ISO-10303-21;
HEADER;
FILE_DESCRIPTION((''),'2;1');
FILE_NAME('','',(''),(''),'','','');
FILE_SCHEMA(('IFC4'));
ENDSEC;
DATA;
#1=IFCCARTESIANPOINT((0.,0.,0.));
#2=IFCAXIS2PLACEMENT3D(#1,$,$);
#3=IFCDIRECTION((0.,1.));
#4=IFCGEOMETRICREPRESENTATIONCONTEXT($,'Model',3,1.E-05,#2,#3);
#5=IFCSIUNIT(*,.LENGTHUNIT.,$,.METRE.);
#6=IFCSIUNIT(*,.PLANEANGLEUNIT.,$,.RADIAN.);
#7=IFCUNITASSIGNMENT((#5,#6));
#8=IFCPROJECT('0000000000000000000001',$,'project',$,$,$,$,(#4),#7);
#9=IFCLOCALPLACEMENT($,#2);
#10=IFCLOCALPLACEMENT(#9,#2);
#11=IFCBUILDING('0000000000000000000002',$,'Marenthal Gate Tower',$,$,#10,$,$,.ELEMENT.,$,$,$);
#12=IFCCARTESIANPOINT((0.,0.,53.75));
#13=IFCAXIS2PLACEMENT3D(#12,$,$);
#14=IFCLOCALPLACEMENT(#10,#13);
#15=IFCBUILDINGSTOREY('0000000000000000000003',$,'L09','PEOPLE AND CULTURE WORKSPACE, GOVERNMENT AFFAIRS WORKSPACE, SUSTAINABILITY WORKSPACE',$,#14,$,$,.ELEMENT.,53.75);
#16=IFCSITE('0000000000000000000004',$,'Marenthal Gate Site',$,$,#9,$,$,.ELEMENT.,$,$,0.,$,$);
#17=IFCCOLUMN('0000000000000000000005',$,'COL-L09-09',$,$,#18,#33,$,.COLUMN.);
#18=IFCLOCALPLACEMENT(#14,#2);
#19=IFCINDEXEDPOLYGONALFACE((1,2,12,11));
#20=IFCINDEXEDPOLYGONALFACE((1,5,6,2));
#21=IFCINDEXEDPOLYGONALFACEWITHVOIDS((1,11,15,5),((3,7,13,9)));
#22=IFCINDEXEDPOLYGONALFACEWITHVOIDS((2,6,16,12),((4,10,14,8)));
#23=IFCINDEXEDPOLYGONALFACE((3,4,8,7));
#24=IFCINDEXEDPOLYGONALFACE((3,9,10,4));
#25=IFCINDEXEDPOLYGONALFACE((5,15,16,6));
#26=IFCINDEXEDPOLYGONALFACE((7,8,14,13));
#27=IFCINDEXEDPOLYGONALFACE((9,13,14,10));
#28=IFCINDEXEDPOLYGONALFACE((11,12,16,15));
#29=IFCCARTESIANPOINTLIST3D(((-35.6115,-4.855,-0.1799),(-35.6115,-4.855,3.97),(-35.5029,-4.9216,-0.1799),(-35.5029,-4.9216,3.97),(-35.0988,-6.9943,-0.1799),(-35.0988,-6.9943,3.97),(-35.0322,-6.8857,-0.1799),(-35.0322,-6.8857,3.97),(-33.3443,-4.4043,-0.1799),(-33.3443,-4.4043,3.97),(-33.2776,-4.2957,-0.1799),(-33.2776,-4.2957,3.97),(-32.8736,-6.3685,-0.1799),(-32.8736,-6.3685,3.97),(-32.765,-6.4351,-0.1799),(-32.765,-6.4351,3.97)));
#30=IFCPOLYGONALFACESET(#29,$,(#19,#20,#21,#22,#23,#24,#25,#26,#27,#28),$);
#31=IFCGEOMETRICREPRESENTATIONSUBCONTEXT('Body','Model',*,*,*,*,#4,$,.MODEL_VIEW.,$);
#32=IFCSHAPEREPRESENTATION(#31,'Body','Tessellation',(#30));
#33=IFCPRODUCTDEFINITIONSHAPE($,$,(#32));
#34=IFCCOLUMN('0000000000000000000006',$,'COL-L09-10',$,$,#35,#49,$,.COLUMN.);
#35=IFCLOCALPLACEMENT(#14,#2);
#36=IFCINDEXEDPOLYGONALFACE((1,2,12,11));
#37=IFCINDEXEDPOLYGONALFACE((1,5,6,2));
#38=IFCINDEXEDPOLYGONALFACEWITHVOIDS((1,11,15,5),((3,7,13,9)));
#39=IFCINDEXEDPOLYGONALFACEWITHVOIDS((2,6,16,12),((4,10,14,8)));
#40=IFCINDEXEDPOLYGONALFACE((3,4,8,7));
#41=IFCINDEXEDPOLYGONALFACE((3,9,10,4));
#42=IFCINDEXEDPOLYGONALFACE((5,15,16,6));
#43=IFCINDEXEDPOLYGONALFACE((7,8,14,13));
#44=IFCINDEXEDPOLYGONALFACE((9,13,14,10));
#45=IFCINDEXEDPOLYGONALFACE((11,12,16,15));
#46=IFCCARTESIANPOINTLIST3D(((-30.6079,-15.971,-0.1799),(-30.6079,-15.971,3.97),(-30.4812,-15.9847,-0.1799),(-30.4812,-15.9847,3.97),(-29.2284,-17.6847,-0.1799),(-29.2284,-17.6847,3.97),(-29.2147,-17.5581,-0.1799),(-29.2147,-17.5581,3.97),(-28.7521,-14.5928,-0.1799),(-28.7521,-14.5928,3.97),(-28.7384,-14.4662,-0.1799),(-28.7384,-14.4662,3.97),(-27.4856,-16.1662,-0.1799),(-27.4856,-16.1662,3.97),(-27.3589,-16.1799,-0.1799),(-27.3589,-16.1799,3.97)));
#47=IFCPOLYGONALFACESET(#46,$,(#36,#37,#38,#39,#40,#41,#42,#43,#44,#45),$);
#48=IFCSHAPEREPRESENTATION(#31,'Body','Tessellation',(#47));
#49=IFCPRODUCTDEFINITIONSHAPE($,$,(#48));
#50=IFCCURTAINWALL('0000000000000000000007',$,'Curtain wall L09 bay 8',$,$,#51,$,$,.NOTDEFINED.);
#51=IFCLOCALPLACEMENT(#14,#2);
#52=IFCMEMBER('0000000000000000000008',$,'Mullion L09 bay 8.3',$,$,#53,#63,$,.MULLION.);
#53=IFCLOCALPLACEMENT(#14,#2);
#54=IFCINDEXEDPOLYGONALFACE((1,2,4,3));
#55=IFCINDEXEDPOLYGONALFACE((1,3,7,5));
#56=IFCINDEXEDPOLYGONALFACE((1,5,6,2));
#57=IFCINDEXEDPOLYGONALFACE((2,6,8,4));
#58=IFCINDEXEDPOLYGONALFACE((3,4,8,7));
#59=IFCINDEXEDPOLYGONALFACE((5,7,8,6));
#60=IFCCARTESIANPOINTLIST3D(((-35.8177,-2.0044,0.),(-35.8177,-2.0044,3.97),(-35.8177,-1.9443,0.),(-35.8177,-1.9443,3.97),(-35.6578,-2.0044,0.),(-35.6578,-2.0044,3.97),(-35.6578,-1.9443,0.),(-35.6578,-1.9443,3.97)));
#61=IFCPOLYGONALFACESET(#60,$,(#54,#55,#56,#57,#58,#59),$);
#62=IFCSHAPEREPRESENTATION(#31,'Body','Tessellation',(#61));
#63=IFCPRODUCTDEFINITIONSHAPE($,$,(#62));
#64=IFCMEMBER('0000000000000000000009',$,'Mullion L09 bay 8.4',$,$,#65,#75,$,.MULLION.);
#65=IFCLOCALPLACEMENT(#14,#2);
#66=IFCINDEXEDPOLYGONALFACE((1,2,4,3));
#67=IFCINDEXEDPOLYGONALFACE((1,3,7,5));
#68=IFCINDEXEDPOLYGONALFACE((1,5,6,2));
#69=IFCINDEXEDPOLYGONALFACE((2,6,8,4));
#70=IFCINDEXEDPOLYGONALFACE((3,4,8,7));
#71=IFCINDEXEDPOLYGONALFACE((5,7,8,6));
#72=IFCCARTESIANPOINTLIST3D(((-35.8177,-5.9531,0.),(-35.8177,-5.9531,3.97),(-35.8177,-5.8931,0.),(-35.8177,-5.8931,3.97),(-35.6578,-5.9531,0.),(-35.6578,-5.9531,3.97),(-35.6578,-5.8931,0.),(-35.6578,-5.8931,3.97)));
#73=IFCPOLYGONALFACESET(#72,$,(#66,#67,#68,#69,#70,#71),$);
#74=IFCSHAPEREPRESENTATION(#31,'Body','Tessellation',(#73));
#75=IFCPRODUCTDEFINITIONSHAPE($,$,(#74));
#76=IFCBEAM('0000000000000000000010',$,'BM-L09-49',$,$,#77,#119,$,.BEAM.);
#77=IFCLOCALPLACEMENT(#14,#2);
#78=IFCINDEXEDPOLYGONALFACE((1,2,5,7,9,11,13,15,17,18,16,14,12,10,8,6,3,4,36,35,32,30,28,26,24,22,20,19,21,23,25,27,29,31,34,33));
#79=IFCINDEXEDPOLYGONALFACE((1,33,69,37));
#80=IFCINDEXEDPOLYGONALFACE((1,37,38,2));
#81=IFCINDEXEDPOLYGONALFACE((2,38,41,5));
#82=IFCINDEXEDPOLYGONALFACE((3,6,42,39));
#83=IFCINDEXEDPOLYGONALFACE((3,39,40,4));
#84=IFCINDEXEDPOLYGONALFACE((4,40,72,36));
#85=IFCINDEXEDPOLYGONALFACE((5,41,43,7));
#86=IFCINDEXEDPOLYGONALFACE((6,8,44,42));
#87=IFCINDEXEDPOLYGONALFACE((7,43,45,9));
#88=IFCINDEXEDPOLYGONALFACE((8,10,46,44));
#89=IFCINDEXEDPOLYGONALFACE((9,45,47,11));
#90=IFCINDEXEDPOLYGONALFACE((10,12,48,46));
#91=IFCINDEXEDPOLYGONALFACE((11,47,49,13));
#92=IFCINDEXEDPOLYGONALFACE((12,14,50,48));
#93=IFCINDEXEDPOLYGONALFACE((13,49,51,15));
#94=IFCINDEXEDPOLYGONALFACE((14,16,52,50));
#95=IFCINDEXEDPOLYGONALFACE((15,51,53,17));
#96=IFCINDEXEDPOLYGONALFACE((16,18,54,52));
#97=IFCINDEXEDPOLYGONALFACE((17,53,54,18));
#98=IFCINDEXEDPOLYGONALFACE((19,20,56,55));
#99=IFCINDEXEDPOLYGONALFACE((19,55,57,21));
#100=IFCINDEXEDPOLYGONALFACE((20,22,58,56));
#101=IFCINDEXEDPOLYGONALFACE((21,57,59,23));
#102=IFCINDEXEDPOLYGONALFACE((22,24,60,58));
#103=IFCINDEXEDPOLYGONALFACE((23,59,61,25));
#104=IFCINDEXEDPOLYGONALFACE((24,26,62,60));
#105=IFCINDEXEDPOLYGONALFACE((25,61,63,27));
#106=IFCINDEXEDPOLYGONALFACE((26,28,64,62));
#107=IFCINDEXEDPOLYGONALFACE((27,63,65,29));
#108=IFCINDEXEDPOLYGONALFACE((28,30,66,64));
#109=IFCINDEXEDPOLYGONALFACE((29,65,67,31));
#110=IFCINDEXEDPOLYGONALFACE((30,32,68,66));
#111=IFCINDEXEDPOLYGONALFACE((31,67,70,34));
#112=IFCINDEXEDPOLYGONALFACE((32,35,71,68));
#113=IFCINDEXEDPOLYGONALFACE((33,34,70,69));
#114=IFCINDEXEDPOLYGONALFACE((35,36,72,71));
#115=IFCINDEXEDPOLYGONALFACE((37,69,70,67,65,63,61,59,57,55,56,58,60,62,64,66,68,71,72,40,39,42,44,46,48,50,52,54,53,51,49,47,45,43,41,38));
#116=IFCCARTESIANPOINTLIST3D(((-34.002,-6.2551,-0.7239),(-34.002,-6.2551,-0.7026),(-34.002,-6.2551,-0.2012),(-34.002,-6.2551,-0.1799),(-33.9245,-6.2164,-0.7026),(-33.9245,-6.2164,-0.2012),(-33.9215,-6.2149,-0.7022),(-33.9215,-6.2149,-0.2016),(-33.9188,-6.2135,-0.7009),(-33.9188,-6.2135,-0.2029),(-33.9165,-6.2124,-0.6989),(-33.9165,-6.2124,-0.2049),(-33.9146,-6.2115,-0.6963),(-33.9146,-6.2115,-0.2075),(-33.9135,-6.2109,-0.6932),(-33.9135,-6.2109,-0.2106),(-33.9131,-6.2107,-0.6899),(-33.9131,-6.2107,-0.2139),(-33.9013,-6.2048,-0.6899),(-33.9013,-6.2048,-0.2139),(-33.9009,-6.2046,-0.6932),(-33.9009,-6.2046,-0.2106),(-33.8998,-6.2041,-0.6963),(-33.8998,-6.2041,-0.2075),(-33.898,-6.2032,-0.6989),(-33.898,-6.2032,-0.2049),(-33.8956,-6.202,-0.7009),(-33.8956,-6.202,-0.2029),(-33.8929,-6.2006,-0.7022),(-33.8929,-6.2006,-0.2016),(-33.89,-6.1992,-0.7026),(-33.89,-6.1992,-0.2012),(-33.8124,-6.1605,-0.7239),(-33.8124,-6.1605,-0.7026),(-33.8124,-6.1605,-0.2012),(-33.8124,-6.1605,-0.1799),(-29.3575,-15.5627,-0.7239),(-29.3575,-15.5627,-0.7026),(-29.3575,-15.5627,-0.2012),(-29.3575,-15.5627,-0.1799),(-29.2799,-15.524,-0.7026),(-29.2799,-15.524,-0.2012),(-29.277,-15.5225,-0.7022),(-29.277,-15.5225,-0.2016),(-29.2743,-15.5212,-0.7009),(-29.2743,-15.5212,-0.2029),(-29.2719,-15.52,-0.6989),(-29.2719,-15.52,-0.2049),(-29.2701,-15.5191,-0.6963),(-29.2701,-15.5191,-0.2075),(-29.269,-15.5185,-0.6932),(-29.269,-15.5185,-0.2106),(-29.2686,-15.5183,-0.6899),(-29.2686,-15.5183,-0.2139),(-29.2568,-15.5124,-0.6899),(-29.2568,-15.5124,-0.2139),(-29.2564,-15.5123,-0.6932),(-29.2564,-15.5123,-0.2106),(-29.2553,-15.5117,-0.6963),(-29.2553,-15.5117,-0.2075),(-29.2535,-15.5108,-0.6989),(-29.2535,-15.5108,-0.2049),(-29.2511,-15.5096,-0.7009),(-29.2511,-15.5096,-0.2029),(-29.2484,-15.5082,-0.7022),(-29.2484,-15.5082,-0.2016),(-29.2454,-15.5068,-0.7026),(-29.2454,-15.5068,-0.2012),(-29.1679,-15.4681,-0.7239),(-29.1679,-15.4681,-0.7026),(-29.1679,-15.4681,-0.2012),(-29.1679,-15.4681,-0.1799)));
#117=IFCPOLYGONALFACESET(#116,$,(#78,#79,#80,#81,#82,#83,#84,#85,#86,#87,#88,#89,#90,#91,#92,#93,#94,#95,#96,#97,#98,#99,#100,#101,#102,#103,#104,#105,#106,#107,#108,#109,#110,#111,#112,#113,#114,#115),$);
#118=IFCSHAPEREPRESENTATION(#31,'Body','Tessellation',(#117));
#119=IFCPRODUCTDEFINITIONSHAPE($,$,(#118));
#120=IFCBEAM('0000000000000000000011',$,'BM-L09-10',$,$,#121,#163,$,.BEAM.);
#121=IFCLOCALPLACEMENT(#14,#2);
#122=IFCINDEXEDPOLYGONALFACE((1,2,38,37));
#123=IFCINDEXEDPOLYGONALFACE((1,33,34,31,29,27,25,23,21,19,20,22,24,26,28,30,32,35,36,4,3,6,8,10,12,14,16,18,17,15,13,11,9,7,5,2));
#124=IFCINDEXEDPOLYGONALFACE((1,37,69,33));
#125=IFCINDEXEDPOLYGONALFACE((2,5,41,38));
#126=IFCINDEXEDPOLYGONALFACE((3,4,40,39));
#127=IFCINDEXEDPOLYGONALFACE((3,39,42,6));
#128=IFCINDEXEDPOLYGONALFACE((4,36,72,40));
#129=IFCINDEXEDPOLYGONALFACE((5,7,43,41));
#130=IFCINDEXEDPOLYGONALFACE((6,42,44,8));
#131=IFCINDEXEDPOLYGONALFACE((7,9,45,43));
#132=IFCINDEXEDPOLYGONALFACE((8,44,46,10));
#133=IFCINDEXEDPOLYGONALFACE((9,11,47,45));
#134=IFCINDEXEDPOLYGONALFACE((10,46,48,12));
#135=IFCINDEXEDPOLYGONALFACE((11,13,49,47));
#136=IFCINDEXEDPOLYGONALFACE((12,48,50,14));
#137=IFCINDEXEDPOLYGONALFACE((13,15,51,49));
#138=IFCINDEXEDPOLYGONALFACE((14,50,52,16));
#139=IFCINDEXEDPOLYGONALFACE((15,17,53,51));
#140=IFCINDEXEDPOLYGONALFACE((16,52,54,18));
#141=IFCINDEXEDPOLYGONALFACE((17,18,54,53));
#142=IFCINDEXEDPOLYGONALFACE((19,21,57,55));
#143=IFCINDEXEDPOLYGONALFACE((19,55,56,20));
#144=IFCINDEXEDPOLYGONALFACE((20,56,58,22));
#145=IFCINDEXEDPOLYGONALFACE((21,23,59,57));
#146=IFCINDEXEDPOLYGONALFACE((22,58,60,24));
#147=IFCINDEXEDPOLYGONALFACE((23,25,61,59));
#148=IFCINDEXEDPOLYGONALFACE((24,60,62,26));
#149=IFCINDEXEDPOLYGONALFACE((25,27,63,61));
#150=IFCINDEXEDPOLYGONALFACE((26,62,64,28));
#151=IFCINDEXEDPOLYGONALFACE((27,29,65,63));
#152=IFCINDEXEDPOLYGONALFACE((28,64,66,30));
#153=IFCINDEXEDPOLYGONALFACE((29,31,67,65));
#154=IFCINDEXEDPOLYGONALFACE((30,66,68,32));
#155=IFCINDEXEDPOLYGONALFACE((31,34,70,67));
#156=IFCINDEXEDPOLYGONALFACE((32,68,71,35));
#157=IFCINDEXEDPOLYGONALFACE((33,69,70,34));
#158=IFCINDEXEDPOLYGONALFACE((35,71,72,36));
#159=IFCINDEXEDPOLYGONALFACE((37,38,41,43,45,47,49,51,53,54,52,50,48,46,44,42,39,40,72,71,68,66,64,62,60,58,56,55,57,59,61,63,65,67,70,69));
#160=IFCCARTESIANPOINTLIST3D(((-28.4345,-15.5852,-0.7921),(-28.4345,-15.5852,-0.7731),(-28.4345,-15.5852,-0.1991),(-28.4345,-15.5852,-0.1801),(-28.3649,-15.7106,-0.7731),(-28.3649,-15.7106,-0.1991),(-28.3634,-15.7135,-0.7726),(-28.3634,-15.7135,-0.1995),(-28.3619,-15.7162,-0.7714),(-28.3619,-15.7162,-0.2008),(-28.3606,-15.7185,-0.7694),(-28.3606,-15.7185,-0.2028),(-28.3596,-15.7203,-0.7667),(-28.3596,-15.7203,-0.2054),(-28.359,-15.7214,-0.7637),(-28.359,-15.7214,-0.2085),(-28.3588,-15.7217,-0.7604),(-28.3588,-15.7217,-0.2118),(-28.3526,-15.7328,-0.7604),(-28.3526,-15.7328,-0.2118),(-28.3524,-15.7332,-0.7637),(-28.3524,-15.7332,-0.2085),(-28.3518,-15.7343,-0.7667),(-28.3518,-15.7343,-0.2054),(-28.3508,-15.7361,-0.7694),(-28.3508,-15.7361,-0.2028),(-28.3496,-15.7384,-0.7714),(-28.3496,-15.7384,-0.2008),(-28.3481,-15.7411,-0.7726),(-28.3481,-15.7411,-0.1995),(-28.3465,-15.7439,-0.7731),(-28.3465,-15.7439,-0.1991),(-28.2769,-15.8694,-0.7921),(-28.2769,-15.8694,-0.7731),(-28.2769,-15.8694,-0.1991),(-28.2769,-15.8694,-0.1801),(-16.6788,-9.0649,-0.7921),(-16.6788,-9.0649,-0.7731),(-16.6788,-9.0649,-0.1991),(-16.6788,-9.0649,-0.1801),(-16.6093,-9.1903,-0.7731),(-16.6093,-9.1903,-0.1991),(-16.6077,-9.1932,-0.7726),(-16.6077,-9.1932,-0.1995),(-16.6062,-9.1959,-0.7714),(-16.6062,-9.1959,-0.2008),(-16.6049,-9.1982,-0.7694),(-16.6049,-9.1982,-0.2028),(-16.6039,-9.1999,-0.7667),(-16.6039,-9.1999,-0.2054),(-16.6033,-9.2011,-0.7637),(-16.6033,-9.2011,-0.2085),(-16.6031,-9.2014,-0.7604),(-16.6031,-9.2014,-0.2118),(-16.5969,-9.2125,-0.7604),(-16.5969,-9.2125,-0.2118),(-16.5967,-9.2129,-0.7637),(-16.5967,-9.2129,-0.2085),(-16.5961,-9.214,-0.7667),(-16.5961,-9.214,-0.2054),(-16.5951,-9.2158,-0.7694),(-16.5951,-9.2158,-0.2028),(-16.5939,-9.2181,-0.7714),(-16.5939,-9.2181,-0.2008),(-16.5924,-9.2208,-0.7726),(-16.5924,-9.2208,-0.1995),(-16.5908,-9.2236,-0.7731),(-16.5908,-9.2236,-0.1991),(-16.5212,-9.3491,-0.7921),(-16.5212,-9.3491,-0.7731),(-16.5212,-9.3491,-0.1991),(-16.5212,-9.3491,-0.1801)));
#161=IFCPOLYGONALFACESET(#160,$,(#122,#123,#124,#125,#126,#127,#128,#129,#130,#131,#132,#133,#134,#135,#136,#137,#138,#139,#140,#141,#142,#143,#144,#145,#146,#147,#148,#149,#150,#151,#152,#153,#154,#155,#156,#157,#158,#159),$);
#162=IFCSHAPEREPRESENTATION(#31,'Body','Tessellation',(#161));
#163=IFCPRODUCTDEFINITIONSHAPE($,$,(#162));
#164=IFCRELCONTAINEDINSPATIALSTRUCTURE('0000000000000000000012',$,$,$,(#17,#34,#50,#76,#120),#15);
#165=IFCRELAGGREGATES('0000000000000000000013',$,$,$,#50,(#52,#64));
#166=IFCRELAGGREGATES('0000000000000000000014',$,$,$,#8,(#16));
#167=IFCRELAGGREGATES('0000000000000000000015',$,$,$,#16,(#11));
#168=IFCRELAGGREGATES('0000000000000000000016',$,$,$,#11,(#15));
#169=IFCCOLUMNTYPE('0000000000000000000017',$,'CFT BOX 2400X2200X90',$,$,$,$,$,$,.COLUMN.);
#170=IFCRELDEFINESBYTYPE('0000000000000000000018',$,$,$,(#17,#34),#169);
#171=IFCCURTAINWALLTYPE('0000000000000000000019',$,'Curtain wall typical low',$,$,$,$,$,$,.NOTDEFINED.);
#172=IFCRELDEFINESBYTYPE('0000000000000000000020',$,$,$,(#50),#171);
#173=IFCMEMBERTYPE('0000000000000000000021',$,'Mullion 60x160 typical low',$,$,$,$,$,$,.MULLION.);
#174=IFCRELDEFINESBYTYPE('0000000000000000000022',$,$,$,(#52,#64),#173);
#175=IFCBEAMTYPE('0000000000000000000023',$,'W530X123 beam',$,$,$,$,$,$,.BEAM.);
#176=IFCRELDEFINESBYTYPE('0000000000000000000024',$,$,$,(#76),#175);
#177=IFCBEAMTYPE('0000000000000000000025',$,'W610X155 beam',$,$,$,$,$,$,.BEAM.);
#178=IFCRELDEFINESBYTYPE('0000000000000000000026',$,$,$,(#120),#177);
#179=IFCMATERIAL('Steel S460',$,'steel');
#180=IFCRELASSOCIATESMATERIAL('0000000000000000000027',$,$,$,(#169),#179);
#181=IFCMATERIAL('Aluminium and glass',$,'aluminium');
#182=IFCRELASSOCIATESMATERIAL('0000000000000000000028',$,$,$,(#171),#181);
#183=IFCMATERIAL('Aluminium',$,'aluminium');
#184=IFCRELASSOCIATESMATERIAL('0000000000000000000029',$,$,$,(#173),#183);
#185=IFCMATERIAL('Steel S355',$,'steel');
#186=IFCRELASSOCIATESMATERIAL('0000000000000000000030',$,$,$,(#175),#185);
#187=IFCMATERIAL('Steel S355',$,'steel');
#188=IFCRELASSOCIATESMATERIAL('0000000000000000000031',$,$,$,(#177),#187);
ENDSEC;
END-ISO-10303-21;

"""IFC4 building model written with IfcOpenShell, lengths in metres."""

from ifc_helpers import new_model, si_unit, direction, frame, origin, origin_2d, place, context, subcontext, project, spatial, rectangle, hollow_rectangle, i_section, extrude, material, material_profile, profile_set, type_object, element, aggregate, save


model = new_model("IFC4")

# Units and contexts
model_context = context("Model", 3, precision=1e-05, world=origin(), true_north=direction((0.0, 1.0)))
body_context = subcontext(model_context, "Body", "Model", "MODEL_VIEW")
ifc_project = project(units=[si_unit("LENGTHUNIT", "METRE"), si_unit("PLANEANGLEUNIT", "RADIAN")], contexts=[model_context])

# Site, building, storey
site_placement = place(None, origin())
site = spatial("IfcSite", under=ifc_project, at=site_placement, Name="Marenthal Gate Site", CompositionType="ELEMENT", RefElevation=0.0)
building_placement = place(site_placement, origin())
building = spatial("IfcBuilding", under=site, at=building_placement, Name="Marenthal Gate Tower", CompositionType="ELEMENT")
storey_placement = place(building_placement, frame((0.0, 0.0, 53.75)))
storey = spatial("IfcBuildingStorey", under=building, at=storey_placement, Name="L09", Description="PEOPLE AND CULTURE WORKSPACE, GOVERNMENT AFFAIRS WORKSPACE, SUSTAINABILITY WORKSPACE", CompositionType="ELEMENT", Elevation=53.75)

# Columns
ifc_material_1 = material(Name="Steel S460", Category="steel")
ifc_material_profile_1 = material_profile(ifc_material_1, hollow_rectangle(XDim=2.2, YDim=2.3999, WallThickness=0.0901, at=origin_2d()), Name="CFT BOX 2400X2200X90")
ifc_material_2 = material(Name="Concrete 70 MPa", Category="concrete")
ifc_material_profile_2 = material_profile(ifc_material_2, rectangle(XDim=2.02, YDim=2.22, at=origin_2d()), Name="CFT BOX 2400X2200X90 INFILL")
ifc_profile_set_1 = profile_set([ifc_material_profile_1, ifc_material_profile_2], Name="Steel S460 shell, Concrete 70 MPa infill")
column_type = type_object("IfcColumnType", Name="CFT BOX 2400X2200X90", PredefinedType="COLUMN", material=ifc_profile_set_1)
for number, where, z_axis, x_axis, name in (
    (1, (-34.1882, -5.645, -0.1799), (0.0, 0.0, 1.0), (-0.233033, 0.972469, 0.0), "COL-L09-09"),
    (2, (-28.9834, -16.0754, -0.1799), (0.0, 0.0, 1.0), (-0.627046, 0.778982, 0.0), "COL-L09-10"),
):
    element("IfcColumn", number, at=place(storey_placement, frame(where, z_axis=z_axis, x_axis=x_axis)), inside=storey, type_object=column_type, Name=name, PredefinedType="COLUMN", context=body_context, shape_type="SweptSolid", body=[
        extrude(hollow_rectangle(XDim=2.2, YDim=2.3999, WallThickness=0.0901, at=origin_2d()), origin(), (0.0, 0.0, 1.0), 4.1499),
    ])

# Curtain wall, members
ifc_material_3 = material(Name="Aluminium and glass", Category="aluminium")
curtain_wall_type = type_object("IfcCurtainWallType", Name="Curtain wall typical low", PredefinedType="NOTDEFINED", material=ifc_material_3)
curtain_wall_placement = place(storey_placement, origin())
curtain_wall = element("IfcCurtainWall", 3, at=curtain_wall_placement, inside=storey, type_object=curtain_wall_type, Name="Curtain wall L09 bay 8", PredefinedType="NOTDEFINED")
ifc_material_4 = material(Name="Aluminium", Category="aluminium")
ifc_material_profile_3 = material_profile(ifc_material_4, rectangle(XDim=0.1599, YDim=0.0601, at=origin_2d()), Name="60x160 aluminium mullion")
ifc_profile_set_2 = profile_set([ifc_material_profile_3], Name="Aluminium")
member_type = type_object("IfcMemberType", Name="Mullion 60x160 typical low", PredefinedType="MULLION", material=ifc_profile_set_2)
member_1_placement = place(storey_placement, frame((-35.7378, -1.9744, 0.0), z_axis=(0.0, 0.0, 1.0), x_axis=(1.0, 0.0, 0.0)))
member_1 = element("IfcMember", 4, at=member_1_placement, type_object=member_type, Name="Mullion L09 bay 8.3", PredefinedType="MULLION", context=body_context, shape_type="SweptSolid", body=[
    extrude(rectangle(XDim=0.1599, YDim=0.0601, at=origin_2d()), origin(), (0.0, 0.0, 1.0), 3.97),
])
member_2_placement = place(storey_placement, frame((-35.7378, -5.9231, 0.0), z_axis=(0.0, 0.0, 1.0), x_axis=(1.0, 0.0, 0.0)))
member_2 = element("IfcMember", 5, at=member_2_placement, type_object=member_type, Name="Mullion L09 bay 8.4", PredefinedType="MULLION", context=body_context, shape_type="SweptSolid", body=[
    extrude(rectangle(XDim=0.1599, YDim=0.0601, at=origin_2d()), origin(), (0.0, 0.0, 1.0), 3.97),
])

# Beams
ifc_material_5 = material(Name="Steel S355", Category="steel")
ifc_material_profile_4 = material_profile(ifc_material_5, i_section(OverallWidth=0.2119, OverallDepth=0.5439, WebThickness=0.0132, FlangeThickness=0.0212, FilletRadius=0.0127, at=origin_2d()), Name="W530X123")
ifc_profile_set_3 = profile_set([ifc_material_profile_4], Name="Steel S355")
beam_type_1 = type_object("IfcBeamType", Name="W530X123 beam", PredefinedType="BEAM", material=ifc_profile_set_3)
beam_1_placement = place(storey_placement, frame((-33.9072, -6.2078, -0.4519), z_axis=(0.4465, -0.894784, 0.0), x_axis=(0.894784, 0.4465, 0.0)))
element("IfcBeam", 6, at=beam_1_placement, inside=storey, type_object=beam_type_1, Name="BM-L09-49", PredefinedType="BEAM", context=body_context, shape_type="SweptSolid", body=[
    extrude(i_section(OverallWidth=0.2119, OverallDepth=0.5439, WebThickness=0.0132, FlangeThickness=0.0212, FilletRadius=0.0127, at=origin_2d()), origin(), (0.0, 0.0, 1.0), 10.4021),
])
ifc_material_6 = material(Name="Steel S355", Category="steel")
ifc_material_profile_5 = material_profile(ifc_material_6, i_section(OverallWidth=0.325, OverallDepth=0.6121, WebThickness=0.0127, FlangeThickness=0.019, FilletRadius=0.0127, at=origin_2d()), Name="W610X155")
ifc_profile_set_4 = profile_set([ifc_material_profile_5], Name="Steel S355")
beam_type_2 = type_object("IfcBeamType", Name="W610X155 beam", PredefinedType="BEAM", material=ifc_profile_set_4)
beam_2_placement = place(storey_placement, frame((-28.3557, -15.7273, -0.4861), z_axis=(0.874493, 0.485038, 0.0), x_axis=(-0.485038, 0.874493, 0.0)))
element("IfcBeam", 7, at=beam_2_placement, inside=storey, type_object=beam_type_2, Name="BM-L09-10", PredefinedType="BEAM", context=body_context, shape_type="SweptSolid", body=[
    extrude(i_section(OverallWidth=0.325, OverallDepth=0.6121, WebThickness=0.0127, FlangeThickness=0.019, FilletRadius=0.0127, at=origin_2d()), origin(), (0.0, 0.0, 1.0), 13.4429),
])

aggregate(curtain_wall, [member_1, member_2])

save(model, "model.ifc")
